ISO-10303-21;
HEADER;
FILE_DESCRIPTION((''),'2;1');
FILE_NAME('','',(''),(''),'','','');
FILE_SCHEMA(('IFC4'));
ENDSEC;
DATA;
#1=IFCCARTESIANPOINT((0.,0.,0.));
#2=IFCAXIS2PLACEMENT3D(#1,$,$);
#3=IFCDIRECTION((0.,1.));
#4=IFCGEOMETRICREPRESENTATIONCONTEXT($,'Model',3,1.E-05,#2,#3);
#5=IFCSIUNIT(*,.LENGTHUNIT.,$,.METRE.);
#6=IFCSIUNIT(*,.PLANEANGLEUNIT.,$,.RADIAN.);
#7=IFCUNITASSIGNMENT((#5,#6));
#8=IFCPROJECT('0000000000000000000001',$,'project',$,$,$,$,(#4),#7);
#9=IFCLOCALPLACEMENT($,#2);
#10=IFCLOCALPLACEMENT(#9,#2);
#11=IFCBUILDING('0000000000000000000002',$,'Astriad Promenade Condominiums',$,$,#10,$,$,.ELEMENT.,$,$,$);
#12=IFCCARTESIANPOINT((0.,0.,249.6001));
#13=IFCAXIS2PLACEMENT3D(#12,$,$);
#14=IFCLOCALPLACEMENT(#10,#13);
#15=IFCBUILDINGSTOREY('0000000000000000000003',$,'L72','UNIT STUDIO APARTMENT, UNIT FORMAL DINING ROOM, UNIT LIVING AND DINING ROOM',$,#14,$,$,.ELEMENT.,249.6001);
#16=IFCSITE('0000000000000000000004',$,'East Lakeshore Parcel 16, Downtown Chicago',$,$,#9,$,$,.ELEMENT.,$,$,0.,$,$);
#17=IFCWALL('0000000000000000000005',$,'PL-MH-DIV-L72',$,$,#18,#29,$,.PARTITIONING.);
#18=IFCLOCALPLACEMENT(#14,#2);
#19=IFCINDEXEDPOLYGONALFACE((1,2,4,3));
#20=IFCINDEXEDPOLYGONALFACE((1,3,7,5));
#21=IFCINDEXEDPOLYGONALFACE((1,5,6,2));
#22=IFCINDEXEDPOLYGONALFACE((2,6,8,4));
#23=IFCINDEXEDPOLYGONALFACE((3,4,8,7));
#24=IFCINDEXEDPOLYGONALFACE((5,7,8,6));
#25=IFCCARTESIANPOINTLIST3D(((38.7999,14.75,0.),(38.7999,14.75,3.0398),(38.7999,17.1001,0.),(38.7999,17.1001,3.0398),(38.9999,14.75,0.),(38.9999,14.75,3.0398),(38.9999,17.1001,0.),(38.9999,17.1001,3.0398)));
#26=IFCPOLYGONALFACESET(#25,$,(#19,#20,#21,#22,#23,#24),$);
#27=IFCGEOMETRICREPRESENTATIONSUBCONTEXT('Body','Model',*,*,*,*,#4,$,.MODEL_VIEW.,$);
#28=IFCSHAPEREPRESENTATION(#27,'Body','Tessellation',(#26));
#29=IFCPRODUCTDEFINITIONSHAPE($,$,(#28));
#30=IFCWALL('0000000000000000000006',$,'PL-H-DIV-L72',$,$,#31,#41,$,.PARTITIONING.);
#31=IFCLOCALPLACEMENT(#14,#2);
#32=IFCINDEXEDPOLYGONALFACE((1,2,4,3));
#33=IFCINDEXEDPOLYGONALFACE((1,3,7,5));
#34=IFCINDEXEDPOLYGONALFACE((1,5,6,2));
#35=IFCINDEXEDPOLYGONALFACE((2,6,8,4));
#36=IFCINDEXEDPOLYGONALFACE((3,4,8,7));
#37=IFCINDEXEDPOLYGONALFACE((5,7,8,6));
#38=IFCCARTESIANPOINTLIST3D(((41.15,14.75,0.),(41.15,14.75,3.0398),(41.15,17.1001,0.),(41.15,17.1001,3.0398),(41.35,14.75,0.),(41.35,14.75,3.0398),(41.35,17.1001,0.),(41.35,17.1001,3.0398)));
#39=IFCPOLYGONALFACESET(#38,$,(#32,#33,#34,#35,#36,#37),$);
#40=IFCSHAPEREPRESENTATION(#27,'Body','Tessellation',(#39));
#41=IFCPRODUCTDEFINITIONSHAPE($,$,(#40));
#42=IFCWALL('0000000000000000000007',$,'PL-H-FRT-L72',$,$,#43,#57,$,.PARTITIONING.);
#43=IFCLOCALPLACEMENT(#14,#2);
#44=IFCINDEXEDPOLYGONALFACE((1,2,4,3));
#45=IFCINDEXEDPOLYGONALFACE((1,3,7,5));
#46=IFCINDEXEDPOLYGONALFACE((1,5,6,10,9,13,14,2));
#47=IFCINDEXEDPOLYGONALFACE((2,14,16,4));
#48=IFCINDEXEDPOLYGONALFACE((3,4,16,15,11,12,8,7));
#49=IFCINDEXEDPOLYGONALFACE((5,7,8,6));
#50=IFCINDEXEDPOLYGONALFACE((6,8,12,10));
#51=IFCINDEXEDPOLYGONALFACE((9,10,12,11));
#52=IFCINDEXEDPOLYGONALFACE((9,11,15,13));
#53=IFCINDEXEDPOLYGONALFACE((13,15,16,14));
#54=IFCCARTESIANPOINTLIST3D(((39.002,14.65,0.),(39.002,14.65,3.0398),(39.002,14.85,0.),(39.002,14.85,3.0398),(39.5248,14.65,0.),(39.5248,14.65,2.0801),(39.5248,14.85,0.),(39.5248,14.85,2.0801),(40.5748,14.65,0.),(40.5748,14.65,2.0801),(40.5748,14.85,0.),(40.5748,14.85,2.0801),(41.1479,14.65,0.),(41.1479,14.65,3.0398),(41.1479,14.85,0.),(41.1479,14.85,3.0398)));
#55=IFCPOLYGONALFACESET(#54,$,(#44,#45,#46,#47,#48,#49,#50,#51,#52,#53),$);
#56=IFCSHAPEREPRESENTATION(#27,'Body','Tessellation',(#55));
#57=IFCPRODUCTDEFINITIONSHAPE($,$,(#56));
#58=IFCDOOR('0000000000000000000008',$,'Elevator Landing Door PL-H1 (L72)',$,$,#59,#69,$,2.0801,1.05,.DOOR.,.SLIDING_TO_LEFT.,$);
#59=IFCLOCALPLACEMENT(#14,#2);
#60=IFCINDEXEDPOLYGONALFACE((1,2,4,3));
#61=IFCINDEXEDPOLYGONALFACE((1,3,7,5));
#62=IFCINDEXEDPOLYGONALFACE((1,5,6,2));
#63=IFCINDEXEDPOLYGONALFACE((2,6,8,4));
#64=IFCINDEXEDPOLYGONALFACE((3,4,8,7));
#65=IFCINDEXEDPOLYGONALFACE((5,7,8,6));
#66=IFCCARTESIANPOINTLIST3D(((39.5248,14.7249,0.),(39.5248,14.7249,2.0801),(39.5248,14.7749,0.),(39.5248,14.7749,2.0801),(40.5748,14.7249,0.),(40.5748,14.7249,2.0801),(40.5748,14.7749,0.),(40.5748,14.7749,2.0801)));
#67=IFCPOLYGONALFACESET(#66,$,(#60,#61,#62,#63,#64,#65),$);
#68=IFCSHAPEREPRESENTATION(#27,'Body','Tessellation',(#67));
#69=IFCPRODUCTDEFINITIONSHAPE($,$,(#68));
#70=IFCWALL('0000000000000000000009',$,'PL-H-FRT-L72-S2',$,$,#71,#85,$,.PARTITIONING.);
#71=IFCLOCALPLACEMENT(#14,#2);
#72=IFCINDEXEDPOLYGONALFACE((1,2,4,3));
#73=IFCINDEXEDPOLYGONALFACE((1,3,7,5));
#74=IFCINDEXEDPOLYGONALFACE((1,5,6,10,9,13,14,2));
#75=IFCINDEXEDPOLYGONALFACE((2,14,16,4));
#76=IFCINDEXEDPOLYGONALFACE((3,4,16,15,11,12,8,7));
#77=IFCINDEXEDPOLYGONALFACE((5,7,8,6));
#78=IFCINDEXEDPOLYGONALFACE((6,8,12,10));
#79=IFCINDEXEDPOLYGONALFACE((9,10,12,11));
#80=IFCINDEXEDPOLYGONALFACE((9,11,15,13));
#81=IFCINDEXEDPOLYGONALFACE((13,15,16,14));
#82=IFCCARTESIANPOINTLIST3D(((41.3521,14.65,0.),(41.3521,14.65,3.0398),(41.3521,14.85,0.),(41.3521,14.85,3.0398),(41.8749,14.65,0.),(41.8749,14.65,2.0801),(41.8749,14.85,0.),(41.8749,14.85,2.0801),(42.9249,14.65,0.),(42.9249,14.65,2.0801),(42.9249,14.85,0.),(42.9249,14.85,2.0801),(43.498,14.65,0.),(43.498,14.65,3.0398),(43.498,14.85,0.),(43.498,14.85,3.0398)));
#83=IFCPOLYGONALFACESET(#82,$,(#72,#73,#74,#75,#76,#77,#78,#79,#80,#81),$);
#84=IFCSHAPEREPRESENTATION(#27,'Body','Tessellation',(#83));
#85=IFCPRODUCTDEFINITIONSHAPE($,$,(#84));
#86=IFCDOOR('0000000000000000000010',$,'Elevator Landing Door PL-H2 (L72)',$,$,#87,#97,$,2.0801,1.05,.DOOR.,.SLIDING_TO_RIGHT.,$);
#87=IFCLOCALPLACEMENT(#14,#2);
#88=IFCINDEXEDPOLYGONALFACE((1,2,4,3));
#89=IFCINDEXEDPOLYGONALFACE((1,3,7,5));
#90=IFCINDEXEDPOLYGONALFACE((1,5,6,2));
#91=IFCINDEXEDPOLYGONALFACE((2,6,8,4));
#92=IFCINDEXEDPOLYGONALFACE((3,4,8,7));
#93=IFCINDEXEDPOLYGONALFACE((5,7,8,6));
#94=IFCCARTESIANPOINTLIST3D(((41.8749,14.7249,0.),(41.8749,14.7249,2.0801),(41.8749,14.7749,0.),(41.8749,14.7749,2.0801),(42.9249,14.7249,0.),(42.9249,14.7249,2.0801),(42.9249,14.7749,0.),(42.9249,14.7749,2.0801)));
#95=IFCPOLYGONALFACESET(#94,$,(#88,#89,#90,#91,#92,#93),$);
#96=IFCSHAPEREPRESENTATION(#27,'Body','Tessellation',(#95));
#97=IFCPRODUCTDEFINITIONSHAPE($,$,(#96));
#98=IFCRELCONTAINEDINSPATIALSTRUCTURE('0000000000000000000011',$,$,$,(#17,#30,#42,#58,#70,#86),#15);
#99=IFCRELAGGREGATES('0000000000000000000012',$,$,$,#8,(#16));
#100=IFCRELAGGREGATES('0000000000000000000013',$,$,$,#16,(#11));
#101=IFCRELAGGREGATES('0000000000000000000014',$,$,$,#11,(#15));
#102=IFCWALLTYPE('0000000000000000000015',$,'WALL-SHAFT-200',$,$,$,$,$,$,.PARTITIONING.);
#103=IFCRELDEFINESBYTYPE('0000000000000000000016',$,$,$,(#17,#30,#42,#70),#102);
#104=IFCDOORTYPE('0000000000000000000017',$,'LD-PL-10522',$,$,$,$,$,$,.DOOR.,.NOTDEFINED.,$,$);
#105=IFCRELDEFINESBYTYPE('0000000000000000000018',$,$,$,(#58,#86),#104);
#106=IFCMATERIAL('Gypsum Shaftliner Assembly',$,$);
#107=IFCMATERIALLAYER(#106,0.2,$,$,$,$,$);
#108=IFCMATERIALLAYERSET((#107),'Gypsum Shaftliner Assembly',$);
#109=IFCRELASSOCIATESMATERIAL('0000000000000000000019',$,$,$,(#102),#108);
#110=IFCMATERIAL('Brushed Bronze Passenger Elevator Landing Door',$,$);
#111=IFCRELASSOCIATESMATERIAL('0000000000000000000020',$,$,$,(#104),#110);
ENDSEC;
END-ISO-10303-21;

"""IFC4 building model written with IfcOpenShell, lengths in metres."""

from ifc_helpers import new_model, si_unit, direction, frame, frame_2d, origin, place, context, subcontext, project, spatial, rectangle, extrude, source, transform, mapped, material, layer, layer_set, type_object, type_shapes, element, fill, save


model = new_model("IFC4")

# Units and contexts
model_context = context("Model", 3, precision=1e-05, world=origin(), true_north=direction((0.0, 1.0)))
body_context = subcontext(model_context, "Body", "Model", "MODEL_VIEW")
ifc_project = project(units=[si_unit("LENGTHUNIT", "METRE"), si_unit("PLANEANGLEUNIT", "RADIAN")], contexts=[model_context])

# Site, building, storey
site_placement = place(None, origin())
site = spatial("IfcSite", under=ifc_project, at=site_placement, Name="East Lakeshore Parcel 16, Downtown Chicago", CompositionType="ELEMENT", RefElevation=0.0)
building_placement = place(site_placement, origin())
building = spatial("IfcBuilding", under=site, at=building_placement, Name="Astriad Promenade Condominiums", CompositionType="ELEMENT")
storey_placement = place(building_placement, frame((0.0, 0.0, 249.6001)))
storey = spatial("IfcBuildingStorey", under=building, at=storey_placement, Name="L72", Description="UNIT STUDIO APARTMENT, UNIT FORMAL DINING ROOM, UNIT LIVING AND DINING ROOM", CompositionType="ELEMENT", Elevation=249.6001)

# Walls
ifc_material_1 = material(Name="Gypsum Shaftliner Assembly")
ifc_layer_1 = layer(ifc_material_1, 0.2)
ifc_layer_set_1 = layer_set([ifc_layer_1], Name="Gypsum Shaftliner Assembly")
wall_type_1 = type_object("IfcWallType", Name="WALL-SHAFT-200", PredefinedType="PARTITIONING", material=ifc_layer_set_1)
for number, where, z_axis, x_axis, name in (
    (1, (38.8999, 14.75, 0.0), (0.0, 0.0, 1.0), (0.0, 1.0, 0.0), "PL-MH-DIV-L72"),
    (2, (41.25, 14.75, 0.0), (0.0, 0.0, 1.0), (0.0, 1.0, 0.0), "PL-H-DIV-L72"),
):
    element("IfcWall", number, at=place(storey_placement, frame(where, z_axis=z_axis, x_axis=x_axis)), inside=storey, type_object=wall_type_1, Name=name, PredefinedType="PARTITIONING", context=body_context, shape_type="SweptSolid", body=[
        extrude(rectangle(XDim=2.3501, YDim=0.2, at=frame_2d((1.175, 0.0))), origin(), (0.0, 0.0, 1.0), 3.0398),
    ])

# Walls, openings, doors
wall_1_placement = place(storey_placement, frame((39.002, 14.75, 0.0), z_axis=(0.0, 0.0, 1.0), x_axis=(1.0, 0.0, 0.0)))
wall_1 = element("IfcWall", 3, at=wall_1_placement, inside=storey, type_object=wall_type_1, Name="PL-H-FRT-L72", PredefinedType="PARTITIONING", context=body_context, shape_type="SweptSolid", body=[
    extrude(rectangle(XDim=2.146, YDim=0.2, at=frame_2d((1.073, 0.0))), origin(), (0.0, 0.0, 1.0), 3.0398),
])
opening_1_placement = place(wall_1_placement, frame((0.5229, 0.0, 0.0)))
opening_1 = element("IfcOpeningElement", 4, at=opening_1_placement, cuts=wall_1, PredefinedType="OPENING", context=body_context, shape_type="SweptSolid", body=[
    extrude(rectangle(XDim=1.05, YDim=2.0801, at=frame_2d((0.5249, 1.04))), frame((0.0, 0.1099, 0.0), z_axis=(0.0, -1.0, 0.0), x_axis=(1.0, 0.0, 0.0)), (0.0, 0.0, 1.0), 0.22),
])
ifc_material_2 = material(Name="Brushed Bronze Passenger Elevator Landing Door")
door_type_1 = type_object("IfcDoorType", Name="LD-PL-10522", OperationType="NOTDEFINED", PredefinedType="DOOR", material=ifc_material_2)
shared_shape_1 = source(origin(), body_context, "Body", "SweptSolid", [
    extrude(rectangle(XDim=1.05, YDim=2.0801, at=frame_2d((0.5249, 1.04))), frame((0.0, 0.0249, 0.0), z_axis=(0.0, -1.0, 0.0), x_axis=(1.0, 0.0, 0.0)), (0.0, 0.0, 1.0), 0.05),
])
type_shapes(door_type_1, [shared_shape_1])
door_1_placement = place(opening_1_placement, origin())
door_1 = element("IfcDoor", 5, at=door_1_placement, inside=storey, type_object=door_type_1, Name="Elevator Landing Door PL-H1 (L72)", OperationType="SLIDING_TO_LEFT", OverallHeight=2.0801, OverallWidth=1.05, PredefinedType="DOOR", context=body_context, shape_type="MappedRepresentation", body=[
    mapped(shared_shape_1, transform((0.0, 0.0, 0.0), scale=1.0)),
])
fill(opening_1, door_1)
wall_2_placement = place(storey_placement, frame((41.3521, 14.75, 0.0), z_axis=(0.0, 0.0, 1.0), x_axis=(1.0, 0.0, 0.0)))
wall_2 = element("IfcWall", 6, at=wall_2_placement, inside=storey, type_object=wall_type_1, Name="PL-H-FRT-L72-S2", PredefinedType="PARTITIONING", context=body_context, shape_type="SweptSolid", body=[
    extrude(rectangle(XDim=2.146, YDim=0.2, at=frame_2d((1.073, 0.0))), origin(), (0.0, 0.0, 1.0), 3.0398),
])
opening_2_placement = place(wall_2_placement, frame((0.5229, 0.0, 0.0)))
opening_2 = element("IfcOpeningElement", 7, at=opening_2_placement, cuts=wall_2, PredefinedType="OPENING", context=body_context, shape_type="SweptSolid", body=[
    extrude(rectangle(XDim=1.05, YDim=2.0801, at=frame_2d((0.5249, 1.04))), frame((0.0, 0.1099, 0.0), z_axis=(0.0, -1.0, 0.0), x_axis=(1.0, 0.0, 0.0)), (0.0, 0.0, 1.0), 0.22),
])
door_2_placement = place(opening_2_placement, origin())
door_2 = element("IfcDoor", 8, at=door_2_placement, inside=storey, type_object=door_type_1, Name="Elevator Landing Door PL-H2 (L72)", OperationType="SLIDING_TO_RIGHT", OverallHeight=2.0801, OverallWidth=1.05, PredefinedType="DOOR", context=body_context, shape_type="MappedRepresentation", body=[
    mapped(shared_shape_1, transform((0.0, 0.0, 0.0), scale=1.0)),
])
fill(opening_2, door_2)

save(model, "model.ifc")
